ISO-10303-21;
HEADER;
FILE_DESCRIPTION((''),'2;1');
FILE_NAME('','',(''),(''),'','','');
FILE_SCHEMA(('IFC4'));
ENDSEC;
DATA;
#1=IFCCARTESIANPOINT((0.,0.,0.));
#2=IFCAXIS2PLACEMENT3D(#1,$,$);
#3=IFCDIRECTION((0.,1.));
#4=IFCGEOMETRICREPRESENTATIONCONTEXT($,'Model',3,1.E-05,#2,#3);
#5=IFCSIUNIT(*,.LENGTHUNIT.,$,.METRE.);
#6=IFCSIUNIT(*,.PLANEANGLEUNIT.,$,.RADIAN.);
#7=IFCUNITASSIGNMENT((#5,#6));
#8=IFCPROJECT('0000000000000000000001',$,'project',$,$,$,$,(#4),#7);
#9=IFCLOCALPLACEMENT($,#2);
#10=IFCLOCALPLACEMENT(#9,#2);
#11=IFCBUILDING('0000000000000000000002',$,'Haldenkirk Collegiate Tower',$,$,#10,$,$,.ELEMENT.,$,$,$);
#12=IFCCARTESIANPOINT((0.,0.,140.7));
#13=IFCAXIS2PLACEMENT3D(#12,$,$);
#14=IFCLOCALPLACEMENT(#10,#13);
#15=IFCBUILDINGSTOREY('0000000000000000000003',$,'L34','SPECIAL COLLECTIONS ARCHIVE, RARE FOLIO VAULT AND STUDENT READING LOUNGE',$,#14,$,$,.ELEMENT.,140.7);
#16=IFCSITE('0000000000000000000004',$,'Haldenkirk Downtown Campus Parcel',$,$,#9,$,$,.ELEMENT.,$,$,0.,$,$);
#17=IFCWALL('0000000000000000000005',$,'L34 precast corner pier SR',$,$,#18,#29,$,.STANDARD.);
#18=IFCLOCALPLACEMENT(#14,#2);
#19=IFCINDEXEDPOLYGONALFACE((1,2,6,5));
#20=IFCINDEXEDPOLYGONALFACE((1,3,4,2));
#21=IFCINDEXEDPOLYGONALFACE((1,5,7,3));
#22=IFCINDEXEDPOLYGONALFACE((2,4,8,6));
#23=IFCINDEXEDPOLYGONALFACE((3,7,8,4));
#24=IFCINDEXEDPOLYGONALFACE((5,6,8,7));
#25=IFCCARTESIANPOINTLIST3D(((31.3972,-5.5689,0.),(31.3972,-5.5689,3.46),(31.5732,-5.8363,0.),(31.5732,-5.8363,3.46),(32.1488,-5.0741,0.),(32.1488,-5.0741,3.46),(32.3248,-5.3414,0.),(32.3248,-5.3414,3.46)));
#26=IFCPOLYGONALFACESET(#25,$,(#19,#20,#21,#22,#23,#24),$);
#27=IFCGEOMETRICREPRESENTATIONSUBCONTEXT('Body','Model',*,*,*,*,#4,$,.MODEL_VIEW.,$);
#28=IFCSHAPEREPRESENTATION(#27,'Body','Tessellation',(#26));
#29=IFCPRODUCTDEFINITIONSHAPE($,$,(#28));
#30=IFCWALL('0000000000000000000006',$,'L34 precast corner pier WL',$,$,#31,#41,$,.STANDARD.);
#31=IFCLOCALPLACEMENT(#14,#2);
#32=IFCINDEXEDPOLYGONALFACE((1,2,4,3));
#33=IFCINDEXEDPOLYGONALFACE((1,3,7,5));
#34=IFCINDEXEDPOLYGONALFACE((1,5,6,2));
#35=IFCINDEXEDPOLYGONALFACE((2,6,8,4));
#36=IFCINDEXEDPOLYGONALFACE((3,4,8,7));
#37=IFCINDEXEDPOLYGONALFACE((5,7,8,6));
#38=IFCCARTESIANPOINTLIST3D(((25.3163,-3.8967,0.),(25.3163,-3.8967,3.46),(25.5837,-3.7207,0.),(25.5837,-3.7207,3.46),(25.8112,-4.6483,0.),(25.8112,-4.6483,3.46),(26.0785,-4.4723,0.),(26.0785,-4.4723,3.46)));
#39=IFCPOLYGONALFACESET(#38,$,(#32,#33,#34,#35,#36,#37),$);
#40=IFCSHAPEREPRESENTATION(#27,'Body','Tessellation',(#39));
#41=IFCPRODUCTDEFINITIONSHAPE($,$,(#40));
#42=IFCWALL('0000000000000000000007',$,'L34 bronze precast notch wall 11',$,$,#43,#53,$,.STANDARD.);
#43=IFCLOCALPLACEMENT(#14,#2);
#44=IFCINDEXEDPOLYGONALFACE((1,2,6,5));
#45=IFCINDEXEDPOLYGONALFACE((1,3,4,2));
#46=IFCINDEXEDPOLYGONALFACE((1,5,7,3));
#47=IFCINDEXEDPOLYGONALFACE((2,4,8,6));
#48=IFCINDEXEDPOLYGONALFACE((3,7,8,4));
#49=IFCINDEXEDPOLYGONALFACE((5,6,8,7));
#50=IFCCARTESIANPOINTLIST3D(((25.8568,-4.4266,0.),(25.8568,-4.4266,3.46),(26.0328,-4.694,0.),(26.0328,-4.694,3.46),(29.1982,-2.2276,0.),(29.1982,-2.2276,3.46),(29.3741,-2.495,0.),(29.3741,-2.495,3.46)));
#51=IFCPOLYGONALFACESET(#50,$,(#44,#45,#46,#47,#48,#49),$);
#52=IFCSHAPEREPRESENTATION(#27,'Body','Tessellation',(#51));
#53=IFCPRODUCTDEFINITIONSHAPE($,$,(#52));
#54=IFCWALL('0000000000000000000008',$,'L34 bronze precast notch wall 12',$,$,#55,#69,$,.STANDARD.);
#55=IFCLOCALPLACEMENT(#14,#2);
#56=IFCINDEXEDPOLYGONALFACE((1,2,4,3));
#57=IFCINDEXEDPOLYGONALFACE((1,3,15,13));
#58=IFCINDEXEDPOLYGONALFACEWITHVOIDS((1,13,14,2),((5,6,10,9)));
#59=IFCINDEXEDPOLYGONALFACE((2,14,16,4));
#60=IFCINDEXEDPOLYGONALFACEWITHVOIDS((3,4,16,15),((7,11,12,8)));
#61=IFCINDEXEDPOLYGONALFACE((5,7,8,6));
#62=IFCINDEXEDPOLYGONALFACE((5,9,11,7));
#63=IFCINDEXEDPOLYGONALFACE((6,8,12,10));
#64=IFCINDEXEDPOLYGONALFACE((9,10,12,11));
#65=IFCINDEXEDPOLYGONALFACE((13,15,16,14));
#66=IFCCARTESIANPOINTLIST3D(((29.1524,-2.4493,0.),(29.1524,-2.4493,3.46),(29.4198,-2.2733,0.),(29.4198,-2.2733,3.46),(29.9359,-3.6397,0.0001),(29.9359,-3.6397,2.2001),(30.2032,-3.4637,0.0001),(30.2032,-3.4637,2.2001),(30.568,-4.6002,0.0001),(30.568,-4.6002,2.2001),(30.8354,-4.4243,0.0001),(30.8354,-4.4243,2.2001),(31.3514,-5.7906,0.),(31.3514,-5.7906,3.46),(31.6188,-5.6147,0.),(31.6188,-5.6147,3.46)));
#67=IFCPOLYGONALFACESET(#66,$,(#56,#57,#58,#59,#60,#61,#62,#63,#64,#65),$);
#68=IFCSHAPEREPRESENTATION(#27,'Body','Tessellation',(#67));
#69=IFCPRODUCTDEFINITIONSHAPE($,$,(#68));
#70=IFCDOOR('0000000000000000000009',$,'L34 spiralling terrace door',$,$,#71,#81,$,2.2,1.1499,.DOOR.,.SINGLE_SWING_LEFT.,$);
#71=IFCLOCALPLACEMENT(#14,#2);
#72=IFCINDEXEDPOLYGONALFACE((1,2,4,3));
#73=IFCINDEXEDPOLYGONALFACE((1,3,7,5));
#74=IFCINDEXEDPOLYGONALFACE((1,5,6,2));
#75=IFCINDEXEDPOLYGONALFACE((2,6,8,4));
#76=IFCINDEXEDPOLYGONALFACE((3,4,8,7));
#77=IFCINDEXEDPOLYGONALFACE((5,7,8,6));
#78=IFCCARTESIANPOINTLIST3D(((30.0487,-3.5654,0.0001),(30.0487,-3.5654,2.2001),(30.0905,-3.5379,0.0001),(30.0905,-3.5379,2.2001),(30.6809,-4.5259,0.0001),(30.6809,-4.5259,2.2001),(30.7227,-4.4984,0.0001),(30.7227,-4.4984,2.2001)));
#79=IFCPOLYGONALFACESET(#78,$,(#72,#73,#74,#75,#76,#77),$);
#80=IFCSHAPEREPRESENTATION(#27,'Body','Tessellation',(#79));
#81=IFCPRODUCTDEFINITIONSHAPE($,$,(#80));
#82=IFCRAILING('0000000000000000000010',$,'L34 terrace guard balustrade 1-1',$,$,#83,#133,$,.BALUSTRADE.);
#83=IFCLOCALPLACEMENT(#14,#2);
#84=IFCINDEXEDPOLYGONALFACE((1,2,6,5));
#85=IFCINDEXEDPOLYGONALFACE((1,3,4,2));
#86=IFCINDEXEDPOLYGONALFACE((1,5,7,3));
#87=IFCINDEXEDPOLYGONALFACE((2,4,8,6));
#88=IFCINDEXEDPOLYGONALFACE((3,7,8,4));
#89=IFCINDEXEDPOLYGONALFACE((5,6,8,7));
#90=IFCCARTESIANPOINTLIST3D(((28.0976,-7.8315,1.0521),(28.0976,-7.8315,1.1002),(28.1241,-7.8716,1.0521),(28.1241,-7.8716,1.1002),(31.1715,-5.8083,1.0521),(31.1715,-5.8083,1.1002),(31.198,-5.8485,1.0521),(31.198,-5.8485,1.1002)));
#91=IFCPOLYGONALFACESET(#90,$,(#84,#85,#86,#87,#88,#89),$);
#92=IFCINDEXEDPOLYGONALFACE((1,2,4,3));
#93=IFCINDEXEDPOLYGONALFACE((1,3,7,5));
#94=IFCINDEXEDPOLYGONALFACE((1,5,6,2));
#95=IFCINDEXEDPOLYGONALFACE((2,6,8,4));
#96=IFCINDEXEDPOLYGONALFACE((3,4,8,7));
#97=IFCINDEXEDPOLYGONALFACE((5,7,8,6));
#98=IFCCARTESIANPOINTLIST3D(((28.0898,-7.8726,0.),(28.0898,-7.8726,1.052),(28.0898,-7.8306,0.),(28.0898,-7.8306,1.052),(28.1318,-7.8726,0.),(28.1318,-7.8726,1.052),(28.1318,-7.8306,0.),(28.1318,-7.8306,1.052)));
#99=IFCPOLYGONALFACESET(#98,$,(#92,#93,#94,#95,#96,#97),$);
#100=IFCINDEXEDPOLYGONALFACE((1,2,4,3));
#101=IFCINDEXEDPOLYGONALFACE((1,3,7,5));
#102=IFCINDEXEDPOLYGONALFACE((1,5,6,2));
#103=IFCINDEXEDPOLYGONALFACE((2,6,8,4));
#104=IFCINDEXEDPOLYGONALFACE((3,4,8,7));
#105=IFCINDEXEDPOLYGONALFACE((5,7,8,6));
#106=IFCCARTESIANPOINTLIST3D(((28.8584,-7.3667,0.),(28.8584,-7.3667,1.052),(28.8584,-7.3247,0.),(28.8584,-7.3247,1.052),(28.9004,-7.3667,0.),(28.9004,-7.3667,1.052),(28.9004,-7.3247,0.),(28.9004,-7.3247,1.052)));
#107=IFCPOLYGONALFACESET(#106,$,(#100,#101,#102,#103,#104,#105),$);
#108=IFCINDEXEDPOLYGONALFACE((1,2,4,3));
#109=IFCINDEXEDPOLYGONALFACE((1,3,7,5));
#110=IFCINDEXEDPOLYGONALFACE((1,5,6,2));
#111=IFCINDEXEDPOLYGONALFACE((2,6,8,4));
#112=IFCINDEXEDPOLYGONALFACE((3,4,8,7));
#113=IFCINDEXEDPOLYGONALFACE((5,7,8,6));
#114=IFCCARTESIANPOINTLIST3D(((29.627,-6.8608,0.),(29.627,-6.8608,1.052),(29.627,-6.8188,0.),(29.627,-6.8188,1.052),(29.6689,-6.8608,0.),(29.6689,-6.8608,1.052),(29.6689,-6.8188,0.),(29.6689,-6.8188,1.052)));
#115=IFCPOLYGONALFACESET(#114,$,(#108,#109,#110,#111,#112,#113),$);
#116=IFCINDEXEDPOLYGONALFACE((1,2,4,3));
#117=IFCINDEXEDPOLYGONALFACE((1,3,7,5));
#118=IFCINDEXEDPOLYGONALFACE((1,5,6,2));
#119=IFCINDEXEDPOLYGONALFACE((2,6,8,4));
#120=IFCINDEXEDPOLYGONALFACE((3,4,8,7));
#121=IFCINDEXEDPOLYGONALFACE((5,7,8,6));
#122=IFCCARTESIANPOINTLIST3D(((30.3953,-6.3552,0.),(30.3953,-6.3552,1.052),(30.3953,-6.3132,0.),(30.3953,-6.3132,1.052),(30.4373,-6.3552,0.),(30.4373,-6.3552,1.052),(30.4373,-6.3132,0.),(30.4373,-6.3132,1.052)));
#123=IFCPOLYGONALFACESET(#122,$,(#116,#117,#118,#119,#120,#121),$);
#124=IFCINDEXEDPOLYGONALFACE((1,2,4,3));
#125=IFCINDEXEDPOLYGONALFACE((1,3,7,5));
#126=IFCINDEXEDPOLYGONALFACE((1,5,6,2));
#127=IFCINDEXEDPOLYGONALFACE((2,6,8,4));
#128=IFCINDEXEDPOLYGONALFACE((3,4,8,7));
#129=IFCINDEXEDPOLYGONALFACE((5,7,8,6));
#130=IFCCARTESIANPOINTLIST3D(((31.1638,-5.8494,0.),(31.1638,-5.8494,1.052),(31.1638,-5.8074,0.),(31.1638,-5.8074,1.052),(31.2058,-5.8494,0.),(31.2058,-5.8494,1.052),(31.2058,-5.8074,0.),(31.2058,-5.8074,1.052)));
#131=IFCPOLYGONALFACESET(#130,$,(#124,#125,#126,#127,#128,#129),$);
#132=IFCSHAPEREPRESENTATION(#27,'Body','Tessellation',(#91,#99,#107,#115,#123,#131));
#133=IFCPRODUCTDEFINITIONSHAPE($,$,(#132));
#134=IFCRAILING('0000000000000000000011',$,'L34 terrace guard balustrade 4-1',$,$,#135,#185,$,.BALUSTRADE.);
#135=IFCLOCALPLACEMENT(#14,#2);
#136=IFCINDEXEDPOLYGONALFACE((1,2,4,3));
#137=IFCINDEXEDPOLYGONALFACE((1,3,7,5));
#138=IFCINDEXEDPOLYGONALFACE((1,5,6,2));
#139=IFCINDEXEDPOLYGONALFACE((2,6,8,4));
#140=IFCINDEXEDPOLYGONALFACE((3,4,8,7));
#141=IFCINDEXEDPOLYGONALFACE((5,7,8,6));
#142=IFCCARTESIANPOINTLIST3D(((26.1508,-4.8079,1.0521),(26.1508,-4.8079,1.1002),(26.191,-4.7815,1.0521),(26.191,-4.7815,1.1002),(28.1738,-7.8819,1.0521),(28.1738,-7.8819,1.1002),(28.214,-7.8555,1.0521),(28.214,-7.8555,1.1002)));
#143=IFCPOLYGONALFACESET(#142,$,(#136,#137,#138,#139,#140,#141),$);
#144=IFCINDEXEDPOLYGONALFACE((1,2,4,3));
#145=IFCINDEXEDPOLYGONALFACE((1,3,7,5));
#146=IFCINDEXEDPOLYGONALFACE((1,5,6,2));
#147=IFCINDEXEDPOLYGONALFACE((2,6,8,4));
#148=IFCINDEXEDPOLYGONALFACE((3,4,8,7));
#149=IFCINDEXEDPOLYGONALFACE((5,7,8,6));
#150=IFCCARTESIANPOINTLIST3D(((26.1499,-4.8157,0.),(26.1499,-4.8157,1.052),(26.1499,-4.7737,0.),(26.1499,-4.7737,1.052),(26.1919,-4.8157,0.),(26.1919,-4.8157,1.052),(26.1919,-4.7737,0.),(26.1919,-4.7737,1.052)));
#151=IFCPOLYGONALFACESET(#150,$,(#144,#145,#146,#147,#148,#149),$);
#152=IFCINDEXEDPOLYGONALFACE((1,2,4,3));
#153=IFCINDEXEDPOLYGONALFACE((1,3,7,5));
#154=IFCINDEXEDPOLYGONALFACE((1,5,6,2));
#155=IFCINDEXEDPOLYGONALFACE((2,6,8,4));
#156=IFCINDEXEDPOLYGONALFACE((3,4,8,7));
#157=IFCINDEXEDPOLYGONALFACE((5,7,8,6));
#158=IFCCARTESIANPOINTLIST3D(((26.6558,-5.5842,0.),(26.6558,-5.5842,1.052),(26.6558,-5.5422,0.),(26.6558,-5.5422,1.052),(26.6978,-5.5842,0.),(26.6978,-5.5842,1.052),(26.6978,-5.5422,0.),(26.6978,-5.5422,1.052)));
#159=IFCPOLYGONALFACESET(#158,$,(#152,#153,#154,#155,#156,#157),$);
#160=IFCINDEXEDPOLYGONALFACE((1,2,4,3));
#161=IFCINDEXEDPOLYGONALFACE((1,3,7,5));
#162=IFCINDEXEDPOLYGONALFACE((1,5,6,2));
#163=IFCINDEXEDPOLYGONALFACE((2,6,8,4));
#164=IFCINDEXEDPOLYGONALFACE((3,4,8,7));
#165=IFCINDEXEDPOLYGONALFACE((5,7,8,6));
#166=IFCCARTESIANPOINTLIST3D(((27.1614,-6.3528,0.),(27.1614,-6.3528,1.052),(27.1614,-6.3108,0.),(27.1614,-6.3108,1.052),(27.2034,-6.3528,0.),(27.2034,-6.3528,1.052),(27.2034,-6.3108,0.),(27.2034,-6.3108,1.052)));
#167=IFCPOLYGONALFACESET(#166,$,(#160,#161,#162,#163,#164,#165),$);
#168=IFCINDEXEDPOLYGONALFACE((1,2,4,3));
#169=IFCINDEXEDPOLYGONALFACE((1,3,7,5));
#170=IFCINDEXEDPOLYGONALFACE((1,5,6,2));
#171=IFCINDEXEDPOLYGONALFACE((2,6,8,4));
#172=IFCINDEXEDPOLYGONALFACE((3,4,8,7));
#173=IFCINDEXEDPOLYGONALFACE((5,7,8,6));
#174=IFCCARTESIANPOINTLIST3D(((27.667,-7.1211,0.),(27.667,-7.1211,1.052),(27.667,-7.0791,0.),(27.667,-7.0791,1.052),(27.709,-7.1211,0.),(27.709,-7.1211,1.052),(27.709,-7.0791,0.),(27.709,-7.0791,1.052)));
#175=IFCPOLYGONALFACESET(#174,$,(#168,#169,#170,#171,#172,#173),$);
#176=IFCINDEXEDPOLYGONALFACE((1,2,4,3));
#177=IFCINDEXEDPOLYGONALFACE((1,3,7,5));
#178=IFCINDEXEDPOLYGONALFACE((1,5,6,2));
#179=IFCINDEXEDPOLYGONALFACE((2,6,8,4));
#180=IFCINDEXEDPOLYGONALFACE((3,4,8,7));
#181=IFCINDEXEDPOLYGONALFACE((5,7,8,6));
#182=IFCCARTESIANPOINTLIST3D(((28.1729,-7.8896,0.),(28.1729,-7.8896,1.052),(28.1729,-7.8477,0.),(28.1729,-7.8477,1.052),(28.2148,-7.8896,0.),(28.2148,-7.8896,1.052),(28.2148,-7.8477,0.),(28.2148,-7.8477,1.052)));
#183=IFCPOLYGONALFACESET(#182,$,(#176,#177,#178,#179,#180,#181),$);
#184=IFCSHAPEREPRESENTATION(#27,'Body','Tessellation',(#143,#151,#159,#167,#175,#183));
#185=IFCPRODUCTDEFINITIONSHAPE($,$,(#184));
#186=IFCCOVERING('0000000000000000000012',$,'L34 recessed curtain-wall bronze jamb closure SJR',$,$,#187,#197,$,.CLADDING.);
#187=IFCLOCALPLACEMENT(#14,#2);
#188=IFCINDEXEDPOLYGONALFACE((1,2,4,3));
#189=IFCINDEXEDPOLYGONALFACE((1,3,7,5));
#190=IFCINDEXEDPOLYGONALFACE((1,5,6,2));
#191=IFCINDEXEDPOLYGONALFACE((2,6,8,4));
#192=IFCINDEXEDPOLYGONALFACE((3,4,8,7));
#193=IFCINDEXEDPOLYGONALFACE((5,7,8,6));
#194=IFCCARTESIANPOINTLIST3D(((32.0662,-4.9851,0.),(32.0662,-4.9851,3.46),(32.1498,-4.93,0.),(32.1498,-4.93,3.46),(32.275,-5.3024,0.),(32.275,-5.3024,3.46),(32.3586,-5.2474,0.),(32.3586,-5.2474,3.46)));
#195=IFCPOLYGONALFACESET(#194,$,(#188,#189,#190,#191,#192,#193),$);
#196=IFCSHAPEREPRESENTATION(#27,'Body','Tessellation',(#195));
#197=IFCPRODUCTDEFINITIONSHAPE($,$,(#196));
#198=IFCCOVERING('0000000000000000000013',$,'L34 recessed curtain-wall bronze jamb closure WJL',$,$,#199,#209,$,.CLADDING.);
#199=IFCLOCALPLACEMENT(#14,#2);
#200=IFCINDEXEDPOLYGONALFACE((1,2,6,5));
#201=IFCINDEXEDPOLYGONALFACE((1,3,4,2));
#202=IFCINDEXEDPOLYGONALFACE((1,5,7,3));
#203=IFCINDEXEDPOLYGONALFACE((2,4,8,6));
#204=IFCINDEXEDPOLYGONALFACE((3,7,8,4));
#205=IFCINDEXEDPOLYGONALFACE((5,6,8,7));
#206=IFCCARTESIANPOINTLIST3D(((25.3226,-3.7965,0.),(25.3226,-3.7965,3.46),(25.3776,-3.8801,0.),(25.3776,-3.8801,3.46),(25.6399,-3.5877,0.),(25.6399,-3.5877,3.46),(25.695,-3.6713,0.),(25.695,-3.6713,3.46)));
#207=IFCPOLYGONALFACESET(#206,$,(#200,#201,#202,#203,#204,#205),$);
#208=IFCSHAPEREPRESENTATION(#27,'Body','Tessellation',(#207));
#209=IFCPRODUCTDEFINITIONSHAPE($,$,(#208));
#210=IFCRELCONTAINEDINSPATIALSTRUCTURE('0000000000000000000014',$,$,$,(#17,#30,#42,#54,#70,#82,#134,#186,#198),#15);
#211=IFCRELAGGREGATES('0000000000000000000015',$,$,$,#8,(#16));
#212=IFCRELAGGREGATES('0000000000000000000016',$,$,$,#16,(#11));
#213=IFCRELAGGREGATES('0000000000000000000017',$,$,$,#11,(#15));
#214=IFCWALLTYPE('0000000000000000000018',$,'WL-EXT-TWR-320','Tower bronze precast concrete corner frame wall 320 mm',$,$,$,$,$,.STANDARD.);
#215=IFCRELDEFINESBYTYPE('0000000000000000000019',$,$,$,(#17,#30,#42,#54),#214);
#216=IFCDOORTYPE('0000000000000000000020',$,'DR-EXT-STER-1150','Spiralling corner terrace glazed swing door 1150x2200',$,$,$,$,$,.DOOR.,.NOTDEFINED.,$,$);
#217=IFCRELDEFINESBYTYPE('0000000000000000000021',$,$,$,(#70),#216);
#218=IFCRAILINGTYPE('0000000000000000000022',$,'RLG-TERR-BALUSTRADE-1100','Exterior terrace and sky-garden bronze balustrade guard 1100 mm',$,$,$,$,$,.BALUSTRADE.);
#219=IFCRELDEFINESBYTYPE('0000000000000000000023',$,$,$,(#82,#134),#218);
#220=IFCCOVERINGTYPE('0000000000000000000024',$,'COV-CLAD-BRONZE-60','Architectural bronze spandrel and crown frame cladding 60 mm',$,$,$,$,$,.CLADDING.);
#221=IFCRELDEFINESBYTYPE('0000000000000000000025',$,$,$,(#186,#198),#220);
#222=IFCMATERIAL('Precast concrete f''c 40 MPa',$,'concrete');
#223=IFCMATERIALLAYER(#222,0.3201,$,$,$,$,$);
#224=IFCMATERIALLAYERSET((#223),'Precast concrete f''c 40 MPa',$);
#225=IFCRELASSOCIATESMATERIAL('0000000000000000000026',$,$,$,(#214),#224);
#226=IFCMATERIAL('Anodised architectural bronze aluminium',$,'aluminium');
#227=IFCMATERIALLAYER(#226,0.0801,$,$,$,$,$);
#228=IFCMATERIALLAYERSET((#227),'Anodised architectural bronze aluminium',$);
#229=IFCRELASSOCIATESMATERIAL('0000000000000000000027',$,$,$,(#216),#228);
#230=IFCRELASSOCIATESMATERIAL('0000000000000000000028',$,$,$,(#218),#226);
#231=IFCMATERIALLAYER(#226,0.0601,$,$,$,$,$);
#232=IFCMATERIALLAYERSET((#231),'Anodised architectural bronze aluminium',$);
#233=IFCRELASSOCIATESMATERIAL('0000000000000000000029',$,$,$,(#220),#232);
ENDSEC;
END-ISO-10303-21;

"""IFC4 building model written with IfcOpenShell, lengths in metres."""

from ifc_helpers import new_model, si_unit, direction, frame, frame_2d, origin, origin_2d, place, context, subcontext, project, spatial, rectangle, extrude, source, transform, mapped, material, layer, layer_set, type_object, element, fill, save


model = new_model("IFC4")

# Units and contexts
model_context = context("Model", 3, precision=1e-05, world=origin(), true_north=direction((0.0, 1.0)))
body_context = subcontext(model_context, "Body", "Model", "MODEL_VIEW")
ifc_project = project(units=[si_unit("LENGTHUNIT", "METRE"), si_unit("PLANEANGLEUNIT", "RADIAN")], contexts=[model_context])

# Site, building, storey
site_placement = place(None, origin())
site = spatial("IfcSite", under=ifc_project, at=site_placement, Name="Haldenkirk Downtown Campus Parcel", CompositionType="ELEMENT", RefElevation=0.0)
building_placement = place(site_placement, origin())
building = spatial("IfcBuilding", under=site, at=building_placement, Name="Haldenkirk Collegiate Tower", CompositionType="ELEMENT")
storey_placement = place(building_placement, frame((0.0, 0.0, 140.7)))
storey = spatial("IfcBuildingStorey", under=building, at=storey_placement, Name="L34", Description="SPECIAL COLLECTIONS ARCHIVE, RARE FOLIO VAULT AND STUDENT READING LOUNGE", CompositionType="ELEMENT", Elevation=140.7)

# Shared definitions
ifc_material_1 = material(Name="Anodised architectural bronze aluminium", Category="aluminium")

# Walls
ifc_material_2 = material(Name="Precast concrete f'c 40 MPa", Category="concrete")
ifc_layer_1 = layer(ifc_material_2, 0.3201)
ifc_layer_set_1 = layer_set([ifc_layer_1], Name="Precast concrete f'c 40 MPa")
wall_type = type_object("IfcWallType", Name="WL-EXT-TWR-320", Description="Tower bronze precast concrete corner frame wall 320 mm", PredefinedType="STANDARD", material=ifc_layer_set_1)
for number, where, z_axis, x_axis, name in (
    (1, (32.2368, -5.2078, 0.0), (0.0, 0.0, 1.0), (-0.83525, -0.549871, 0.0), "L34 precast corner pier SR"),
    (2, (25.9448, -4.5603, 0.0), (0.0, 0.0, 1.0), (-0.549871, 0.83525, 0.0), "L34 precast corner pier WL"),
):
    element("IfcWall", number, at=place(storey_placement, frame(where, z_axis=z_axis, x_axis=x_axis)), inside=storey, type_object=wall_type, Name=name, PredefinedType="STANDARD", context=body_context, shape_type="SweptSolid", body=[
        extrude(rectangle(XDim=0.8999, YDim=0.3201, at=frame_2d((0.45, 0.0))), origin(), (0.0, 0.0, 1.0), 3.46),
    ])
wall_1_placement = place(storey_placement, frame((29.2861, -2.3613, 0.0), z_axis=(0.0, 0.0, 1.0), x_axis=(-0.835332, -0.549747, 0.0)))
element("IfcWall", 3, at=wall_1_placement, inside=storey, type_object=wall_type, Name="L34 bronze precast notch wall 11", PredefinedType="STANDARD", context=body_context, shape_type="SweptSolid", body=[
    extrude(rectangle(XDim=4.0, YDim=0.3201, at=frame_2d((2.0, 0.0))), origin(), (0.0, 0.0, 1.0), 3.46),
])

# Wall, opening, door
wall_2_placement = place(storey_placement, frame((31.4851, -5.7026, 0.0), z_axis=(0.0, 0.0, 1.0), x_axis=(-0.549747, 0.835332, 0.0)))
wall_2 = element("IfcWall", 4, at=wall_2_placement, inside=storey, type_object=wall_type, Name="L34 bronze precast notch wall 12", PredefinedType="STANDARD", context=body_context, shape_type="SweptSolid", body=[
    extrude(rectangle(XDim=4.0, YDim=0.3201, at=frame_2d((2.0, 0.0))), origin(), (0.0, 0.0, 1.0), 3.46),
])
opening_placement = place(wall_2_placement, frame((1.425, 0.0, 0.0)))
opening = element("IfcOpeningElement", 5, at=opening_placement, cuts=wall_2, PredefinedType="OPENING", context=body_context, shape_type="SweptSolid", body=[
    extrude(rectangle(XDim=1.1499, YDim=2.2, at=frame_2d((0.575, 1.1001))), frame((0.0, 0.1699, 0.0), z_axis=(0.0, -1.0, 0.0), x_axis=(1.0, 0.0, 0.0)), (0.0, 0.0, 1.0), 0.3401),
])
ifc_layer_2 = layer(ifc_material_1, 0.0801)
ifc_layer_set_2 = layer_set([ifc_layer_2], Name="Anodised architectural bronze aluminium")
door_type = type_object("IfcDoorType", Name="DR-EXT-STER-1150", Description="Spiralling corner terrace glazed swing door 1150x2200", OperationType="NOTDEFINED", PredefinedType="DOOR", material=ifc_layer_set_2)
door_placement = place(opening_placement, origin())
door = element("IfcDoor", 6, at=door_placement, inside=storey, type_object=door_type, Name="L34 spiralling terrace door", OperationType="SINGLE_SWING_LEFT", OverallHeight=2.2, OverallWidth=1.1499, PredefinedType="DOOR", context=body_context, shape_type="SweptSolid", body=[
    extrude(rectangle(XDim=1.1499, YDim=2.2, at=frame_2d((0.575, 1.1001))), frame((0.0, 0.0249, 0.0), z_axis=(0.0, -1.0, 0.0), x_axis=(1.0, 0.0, 0.0)), (0.0, 0.0, 1.0), 0.05),
])
fill(opening, door)

# Railings
railing_type = type_object("IfcRailingType", Name="RLG-TERR-BALUSTRADE-1100", Description="Exterior terrace and sky-garden bronze balustrade guard 1100 mm", PredefinedType="BALUSTRADE", material=ifc_material_1)
railing_1_placement = place(storey_placement, frame((28.1108, -7.8516, 0.0)))
element("IfcRailing", 7, at=railing_1_placement, inside=storey, type_object=railing_type, Name="L34 terrace guard balustrade 1-1", PredefinedType="BALUSTRADE", context=body_context, shape_type="SweptSolid", body=[
    extrude(rectangle(XDim=0.0481, YDim=0.0481, at=origin_2d()), frame((0.0, 0.0, 1.0762), z_axis=(0.835312, 0.549776, 0.0), x_axis=(-0.549776, 0.835312, 0.0)), (0.0, 0.0, 1.0), 3.6799),
    extrude(rectangle(XDim=0.042, YDim=0.042, at=origin_2d()), origin(), (0.0, 0.0, 1.0), 1.052),
    extrude(rectangle(XDim=0.042, YDim=0.042, at=origin_2d()), frame((0.7686, 0.5059, 0.0)), (0.0, 0.0, 1.0), 1.052),
    extrude(rectangle(XDim=0.042, YDim=0.042, at=origin_2d()), frame((1.5371, 1.0117, 0.0)), (0.0, 0.0, 1.0), 1.052),
    extrude(rectangle(XDim=0.042, YDim=0.042, at=origin_2d()), frame((2.3054, 1.5173, 0.0)), (0.0, 0.0, 1.0), 1.052),
    extrude(rectangle(XDim=0.042, YDim=0.042, at=origin_2d()), frame((3.074, 2.0232, 0.0)), (0.0, 0.0, 1.0), 1.052),
])
railing_2_placement = place(storey_placement, frame((26.1709, -4.7947, 0.0)))
element("IfcRailing", 8, at=railing_2_placement, inside=storey, type_object=railing_type, Name="L34 terrace guard balustrade 4-1", PredefinedType="BALUSTRADE", context=body_context, shape_type="SweptSolid", body=[
    extrude(rectangle(XDim=0.0481, YDim=0.0481, at=origin_2d()), frame((0.0, 0.0, 1.0762), z_axis=(0.54973, -0.835343, 0.0), x_axis=(0.835343, 0.54973, 0.0)), (0.0, 0.0, 1.0), 3.6799),
    extrude(rectangle(XDim=0.042, YDim=0.042, at=origin_2d()), origin(), (0.0, 0.0, 1.0), 1.052),
    extrude(rectangle(XDim=0.042, YDim=0.042, at=origin_2d()), frame((0.5059, -0.7686, 0.0)), (0.0, 0.0, 1.0), 1.052),
    extrude(rectangle(XDim=0.042, YDim=0.042, at=origin_2d()), frame((1.0115, -1.5371, 0.0)), (0.0, 0.0, 1.0), 1.052),
    extrude(rectangle(XDim=0.042, YDim=0.042, at=origin_2d()), frame((1.5171, -2.3054, 0.0)), (0.0, 0.0, 1.0), 1.052),
    extrude(rectangle(XDim=0.042, YDim=0.042, at=origin_2d()), frame((2.0229, -3.074, 0.0)), (0.0, 0.0, 1.0), 1.052),
])

# Coverings
ifc_layer_3 = layer(ifc_material_1, 0.0601)
ifc_layer_set_3 = layer_set([ifc_layer_3], Name="Anodised architectural bronze aluminium")
covering_type = type_object("IfcCoveringType", Name="COV-CLAD-BRONZE-60", Description="Architectural bronze spandrel and crown frame cladding 60 mm", PredefinedType="CLADDING", material=ifc_layer_set_3)
shared_shape_1 = source(origin(), body_context, "Body", "SweptSolid", [
    extrude(rectangle(XDim=0.1001, YDim=0.3799, at=origin_2d()), origin(), (0.0, 0.0, 1.0), 3.46),
])
for number, where, z_axis, x_axis, name in (
    (9, (32.2124, -5.1162, 0.0), (0.0, 0.0, 1.0), (-0.835328, -0.549752, 0.0), "L34 recessed curtain-wall bronze jamb closure SJR"),
    (10, (25.5088, -3.7339, 0.0), (0.0, 0.0, 1.0), (-0.549752, 0.835328, 0.0), "L34 recessed curtain-wall bronze jamb closure WJL"),
):
    element("IfcCovering", number, at=place(storey_placement, frame(where, z_axis=z_axis, x_axis=x_axis)), inside=storey, type_object=covering_type, Name=name, PredefinedType="CLADDING", context=body_context, shape_type="MappedRepresentation", body=[
        mapped(shared_shape_1, transform((0.0, 0.0, 0.0), x_axis=(1.0, 0.0, 0.0), y_axis=(0.0, 1.0, 0.0), z_axis=(0.0, 0.0, 1.0), scale=1.0)),
    ])

save(model, "model.ifc")
